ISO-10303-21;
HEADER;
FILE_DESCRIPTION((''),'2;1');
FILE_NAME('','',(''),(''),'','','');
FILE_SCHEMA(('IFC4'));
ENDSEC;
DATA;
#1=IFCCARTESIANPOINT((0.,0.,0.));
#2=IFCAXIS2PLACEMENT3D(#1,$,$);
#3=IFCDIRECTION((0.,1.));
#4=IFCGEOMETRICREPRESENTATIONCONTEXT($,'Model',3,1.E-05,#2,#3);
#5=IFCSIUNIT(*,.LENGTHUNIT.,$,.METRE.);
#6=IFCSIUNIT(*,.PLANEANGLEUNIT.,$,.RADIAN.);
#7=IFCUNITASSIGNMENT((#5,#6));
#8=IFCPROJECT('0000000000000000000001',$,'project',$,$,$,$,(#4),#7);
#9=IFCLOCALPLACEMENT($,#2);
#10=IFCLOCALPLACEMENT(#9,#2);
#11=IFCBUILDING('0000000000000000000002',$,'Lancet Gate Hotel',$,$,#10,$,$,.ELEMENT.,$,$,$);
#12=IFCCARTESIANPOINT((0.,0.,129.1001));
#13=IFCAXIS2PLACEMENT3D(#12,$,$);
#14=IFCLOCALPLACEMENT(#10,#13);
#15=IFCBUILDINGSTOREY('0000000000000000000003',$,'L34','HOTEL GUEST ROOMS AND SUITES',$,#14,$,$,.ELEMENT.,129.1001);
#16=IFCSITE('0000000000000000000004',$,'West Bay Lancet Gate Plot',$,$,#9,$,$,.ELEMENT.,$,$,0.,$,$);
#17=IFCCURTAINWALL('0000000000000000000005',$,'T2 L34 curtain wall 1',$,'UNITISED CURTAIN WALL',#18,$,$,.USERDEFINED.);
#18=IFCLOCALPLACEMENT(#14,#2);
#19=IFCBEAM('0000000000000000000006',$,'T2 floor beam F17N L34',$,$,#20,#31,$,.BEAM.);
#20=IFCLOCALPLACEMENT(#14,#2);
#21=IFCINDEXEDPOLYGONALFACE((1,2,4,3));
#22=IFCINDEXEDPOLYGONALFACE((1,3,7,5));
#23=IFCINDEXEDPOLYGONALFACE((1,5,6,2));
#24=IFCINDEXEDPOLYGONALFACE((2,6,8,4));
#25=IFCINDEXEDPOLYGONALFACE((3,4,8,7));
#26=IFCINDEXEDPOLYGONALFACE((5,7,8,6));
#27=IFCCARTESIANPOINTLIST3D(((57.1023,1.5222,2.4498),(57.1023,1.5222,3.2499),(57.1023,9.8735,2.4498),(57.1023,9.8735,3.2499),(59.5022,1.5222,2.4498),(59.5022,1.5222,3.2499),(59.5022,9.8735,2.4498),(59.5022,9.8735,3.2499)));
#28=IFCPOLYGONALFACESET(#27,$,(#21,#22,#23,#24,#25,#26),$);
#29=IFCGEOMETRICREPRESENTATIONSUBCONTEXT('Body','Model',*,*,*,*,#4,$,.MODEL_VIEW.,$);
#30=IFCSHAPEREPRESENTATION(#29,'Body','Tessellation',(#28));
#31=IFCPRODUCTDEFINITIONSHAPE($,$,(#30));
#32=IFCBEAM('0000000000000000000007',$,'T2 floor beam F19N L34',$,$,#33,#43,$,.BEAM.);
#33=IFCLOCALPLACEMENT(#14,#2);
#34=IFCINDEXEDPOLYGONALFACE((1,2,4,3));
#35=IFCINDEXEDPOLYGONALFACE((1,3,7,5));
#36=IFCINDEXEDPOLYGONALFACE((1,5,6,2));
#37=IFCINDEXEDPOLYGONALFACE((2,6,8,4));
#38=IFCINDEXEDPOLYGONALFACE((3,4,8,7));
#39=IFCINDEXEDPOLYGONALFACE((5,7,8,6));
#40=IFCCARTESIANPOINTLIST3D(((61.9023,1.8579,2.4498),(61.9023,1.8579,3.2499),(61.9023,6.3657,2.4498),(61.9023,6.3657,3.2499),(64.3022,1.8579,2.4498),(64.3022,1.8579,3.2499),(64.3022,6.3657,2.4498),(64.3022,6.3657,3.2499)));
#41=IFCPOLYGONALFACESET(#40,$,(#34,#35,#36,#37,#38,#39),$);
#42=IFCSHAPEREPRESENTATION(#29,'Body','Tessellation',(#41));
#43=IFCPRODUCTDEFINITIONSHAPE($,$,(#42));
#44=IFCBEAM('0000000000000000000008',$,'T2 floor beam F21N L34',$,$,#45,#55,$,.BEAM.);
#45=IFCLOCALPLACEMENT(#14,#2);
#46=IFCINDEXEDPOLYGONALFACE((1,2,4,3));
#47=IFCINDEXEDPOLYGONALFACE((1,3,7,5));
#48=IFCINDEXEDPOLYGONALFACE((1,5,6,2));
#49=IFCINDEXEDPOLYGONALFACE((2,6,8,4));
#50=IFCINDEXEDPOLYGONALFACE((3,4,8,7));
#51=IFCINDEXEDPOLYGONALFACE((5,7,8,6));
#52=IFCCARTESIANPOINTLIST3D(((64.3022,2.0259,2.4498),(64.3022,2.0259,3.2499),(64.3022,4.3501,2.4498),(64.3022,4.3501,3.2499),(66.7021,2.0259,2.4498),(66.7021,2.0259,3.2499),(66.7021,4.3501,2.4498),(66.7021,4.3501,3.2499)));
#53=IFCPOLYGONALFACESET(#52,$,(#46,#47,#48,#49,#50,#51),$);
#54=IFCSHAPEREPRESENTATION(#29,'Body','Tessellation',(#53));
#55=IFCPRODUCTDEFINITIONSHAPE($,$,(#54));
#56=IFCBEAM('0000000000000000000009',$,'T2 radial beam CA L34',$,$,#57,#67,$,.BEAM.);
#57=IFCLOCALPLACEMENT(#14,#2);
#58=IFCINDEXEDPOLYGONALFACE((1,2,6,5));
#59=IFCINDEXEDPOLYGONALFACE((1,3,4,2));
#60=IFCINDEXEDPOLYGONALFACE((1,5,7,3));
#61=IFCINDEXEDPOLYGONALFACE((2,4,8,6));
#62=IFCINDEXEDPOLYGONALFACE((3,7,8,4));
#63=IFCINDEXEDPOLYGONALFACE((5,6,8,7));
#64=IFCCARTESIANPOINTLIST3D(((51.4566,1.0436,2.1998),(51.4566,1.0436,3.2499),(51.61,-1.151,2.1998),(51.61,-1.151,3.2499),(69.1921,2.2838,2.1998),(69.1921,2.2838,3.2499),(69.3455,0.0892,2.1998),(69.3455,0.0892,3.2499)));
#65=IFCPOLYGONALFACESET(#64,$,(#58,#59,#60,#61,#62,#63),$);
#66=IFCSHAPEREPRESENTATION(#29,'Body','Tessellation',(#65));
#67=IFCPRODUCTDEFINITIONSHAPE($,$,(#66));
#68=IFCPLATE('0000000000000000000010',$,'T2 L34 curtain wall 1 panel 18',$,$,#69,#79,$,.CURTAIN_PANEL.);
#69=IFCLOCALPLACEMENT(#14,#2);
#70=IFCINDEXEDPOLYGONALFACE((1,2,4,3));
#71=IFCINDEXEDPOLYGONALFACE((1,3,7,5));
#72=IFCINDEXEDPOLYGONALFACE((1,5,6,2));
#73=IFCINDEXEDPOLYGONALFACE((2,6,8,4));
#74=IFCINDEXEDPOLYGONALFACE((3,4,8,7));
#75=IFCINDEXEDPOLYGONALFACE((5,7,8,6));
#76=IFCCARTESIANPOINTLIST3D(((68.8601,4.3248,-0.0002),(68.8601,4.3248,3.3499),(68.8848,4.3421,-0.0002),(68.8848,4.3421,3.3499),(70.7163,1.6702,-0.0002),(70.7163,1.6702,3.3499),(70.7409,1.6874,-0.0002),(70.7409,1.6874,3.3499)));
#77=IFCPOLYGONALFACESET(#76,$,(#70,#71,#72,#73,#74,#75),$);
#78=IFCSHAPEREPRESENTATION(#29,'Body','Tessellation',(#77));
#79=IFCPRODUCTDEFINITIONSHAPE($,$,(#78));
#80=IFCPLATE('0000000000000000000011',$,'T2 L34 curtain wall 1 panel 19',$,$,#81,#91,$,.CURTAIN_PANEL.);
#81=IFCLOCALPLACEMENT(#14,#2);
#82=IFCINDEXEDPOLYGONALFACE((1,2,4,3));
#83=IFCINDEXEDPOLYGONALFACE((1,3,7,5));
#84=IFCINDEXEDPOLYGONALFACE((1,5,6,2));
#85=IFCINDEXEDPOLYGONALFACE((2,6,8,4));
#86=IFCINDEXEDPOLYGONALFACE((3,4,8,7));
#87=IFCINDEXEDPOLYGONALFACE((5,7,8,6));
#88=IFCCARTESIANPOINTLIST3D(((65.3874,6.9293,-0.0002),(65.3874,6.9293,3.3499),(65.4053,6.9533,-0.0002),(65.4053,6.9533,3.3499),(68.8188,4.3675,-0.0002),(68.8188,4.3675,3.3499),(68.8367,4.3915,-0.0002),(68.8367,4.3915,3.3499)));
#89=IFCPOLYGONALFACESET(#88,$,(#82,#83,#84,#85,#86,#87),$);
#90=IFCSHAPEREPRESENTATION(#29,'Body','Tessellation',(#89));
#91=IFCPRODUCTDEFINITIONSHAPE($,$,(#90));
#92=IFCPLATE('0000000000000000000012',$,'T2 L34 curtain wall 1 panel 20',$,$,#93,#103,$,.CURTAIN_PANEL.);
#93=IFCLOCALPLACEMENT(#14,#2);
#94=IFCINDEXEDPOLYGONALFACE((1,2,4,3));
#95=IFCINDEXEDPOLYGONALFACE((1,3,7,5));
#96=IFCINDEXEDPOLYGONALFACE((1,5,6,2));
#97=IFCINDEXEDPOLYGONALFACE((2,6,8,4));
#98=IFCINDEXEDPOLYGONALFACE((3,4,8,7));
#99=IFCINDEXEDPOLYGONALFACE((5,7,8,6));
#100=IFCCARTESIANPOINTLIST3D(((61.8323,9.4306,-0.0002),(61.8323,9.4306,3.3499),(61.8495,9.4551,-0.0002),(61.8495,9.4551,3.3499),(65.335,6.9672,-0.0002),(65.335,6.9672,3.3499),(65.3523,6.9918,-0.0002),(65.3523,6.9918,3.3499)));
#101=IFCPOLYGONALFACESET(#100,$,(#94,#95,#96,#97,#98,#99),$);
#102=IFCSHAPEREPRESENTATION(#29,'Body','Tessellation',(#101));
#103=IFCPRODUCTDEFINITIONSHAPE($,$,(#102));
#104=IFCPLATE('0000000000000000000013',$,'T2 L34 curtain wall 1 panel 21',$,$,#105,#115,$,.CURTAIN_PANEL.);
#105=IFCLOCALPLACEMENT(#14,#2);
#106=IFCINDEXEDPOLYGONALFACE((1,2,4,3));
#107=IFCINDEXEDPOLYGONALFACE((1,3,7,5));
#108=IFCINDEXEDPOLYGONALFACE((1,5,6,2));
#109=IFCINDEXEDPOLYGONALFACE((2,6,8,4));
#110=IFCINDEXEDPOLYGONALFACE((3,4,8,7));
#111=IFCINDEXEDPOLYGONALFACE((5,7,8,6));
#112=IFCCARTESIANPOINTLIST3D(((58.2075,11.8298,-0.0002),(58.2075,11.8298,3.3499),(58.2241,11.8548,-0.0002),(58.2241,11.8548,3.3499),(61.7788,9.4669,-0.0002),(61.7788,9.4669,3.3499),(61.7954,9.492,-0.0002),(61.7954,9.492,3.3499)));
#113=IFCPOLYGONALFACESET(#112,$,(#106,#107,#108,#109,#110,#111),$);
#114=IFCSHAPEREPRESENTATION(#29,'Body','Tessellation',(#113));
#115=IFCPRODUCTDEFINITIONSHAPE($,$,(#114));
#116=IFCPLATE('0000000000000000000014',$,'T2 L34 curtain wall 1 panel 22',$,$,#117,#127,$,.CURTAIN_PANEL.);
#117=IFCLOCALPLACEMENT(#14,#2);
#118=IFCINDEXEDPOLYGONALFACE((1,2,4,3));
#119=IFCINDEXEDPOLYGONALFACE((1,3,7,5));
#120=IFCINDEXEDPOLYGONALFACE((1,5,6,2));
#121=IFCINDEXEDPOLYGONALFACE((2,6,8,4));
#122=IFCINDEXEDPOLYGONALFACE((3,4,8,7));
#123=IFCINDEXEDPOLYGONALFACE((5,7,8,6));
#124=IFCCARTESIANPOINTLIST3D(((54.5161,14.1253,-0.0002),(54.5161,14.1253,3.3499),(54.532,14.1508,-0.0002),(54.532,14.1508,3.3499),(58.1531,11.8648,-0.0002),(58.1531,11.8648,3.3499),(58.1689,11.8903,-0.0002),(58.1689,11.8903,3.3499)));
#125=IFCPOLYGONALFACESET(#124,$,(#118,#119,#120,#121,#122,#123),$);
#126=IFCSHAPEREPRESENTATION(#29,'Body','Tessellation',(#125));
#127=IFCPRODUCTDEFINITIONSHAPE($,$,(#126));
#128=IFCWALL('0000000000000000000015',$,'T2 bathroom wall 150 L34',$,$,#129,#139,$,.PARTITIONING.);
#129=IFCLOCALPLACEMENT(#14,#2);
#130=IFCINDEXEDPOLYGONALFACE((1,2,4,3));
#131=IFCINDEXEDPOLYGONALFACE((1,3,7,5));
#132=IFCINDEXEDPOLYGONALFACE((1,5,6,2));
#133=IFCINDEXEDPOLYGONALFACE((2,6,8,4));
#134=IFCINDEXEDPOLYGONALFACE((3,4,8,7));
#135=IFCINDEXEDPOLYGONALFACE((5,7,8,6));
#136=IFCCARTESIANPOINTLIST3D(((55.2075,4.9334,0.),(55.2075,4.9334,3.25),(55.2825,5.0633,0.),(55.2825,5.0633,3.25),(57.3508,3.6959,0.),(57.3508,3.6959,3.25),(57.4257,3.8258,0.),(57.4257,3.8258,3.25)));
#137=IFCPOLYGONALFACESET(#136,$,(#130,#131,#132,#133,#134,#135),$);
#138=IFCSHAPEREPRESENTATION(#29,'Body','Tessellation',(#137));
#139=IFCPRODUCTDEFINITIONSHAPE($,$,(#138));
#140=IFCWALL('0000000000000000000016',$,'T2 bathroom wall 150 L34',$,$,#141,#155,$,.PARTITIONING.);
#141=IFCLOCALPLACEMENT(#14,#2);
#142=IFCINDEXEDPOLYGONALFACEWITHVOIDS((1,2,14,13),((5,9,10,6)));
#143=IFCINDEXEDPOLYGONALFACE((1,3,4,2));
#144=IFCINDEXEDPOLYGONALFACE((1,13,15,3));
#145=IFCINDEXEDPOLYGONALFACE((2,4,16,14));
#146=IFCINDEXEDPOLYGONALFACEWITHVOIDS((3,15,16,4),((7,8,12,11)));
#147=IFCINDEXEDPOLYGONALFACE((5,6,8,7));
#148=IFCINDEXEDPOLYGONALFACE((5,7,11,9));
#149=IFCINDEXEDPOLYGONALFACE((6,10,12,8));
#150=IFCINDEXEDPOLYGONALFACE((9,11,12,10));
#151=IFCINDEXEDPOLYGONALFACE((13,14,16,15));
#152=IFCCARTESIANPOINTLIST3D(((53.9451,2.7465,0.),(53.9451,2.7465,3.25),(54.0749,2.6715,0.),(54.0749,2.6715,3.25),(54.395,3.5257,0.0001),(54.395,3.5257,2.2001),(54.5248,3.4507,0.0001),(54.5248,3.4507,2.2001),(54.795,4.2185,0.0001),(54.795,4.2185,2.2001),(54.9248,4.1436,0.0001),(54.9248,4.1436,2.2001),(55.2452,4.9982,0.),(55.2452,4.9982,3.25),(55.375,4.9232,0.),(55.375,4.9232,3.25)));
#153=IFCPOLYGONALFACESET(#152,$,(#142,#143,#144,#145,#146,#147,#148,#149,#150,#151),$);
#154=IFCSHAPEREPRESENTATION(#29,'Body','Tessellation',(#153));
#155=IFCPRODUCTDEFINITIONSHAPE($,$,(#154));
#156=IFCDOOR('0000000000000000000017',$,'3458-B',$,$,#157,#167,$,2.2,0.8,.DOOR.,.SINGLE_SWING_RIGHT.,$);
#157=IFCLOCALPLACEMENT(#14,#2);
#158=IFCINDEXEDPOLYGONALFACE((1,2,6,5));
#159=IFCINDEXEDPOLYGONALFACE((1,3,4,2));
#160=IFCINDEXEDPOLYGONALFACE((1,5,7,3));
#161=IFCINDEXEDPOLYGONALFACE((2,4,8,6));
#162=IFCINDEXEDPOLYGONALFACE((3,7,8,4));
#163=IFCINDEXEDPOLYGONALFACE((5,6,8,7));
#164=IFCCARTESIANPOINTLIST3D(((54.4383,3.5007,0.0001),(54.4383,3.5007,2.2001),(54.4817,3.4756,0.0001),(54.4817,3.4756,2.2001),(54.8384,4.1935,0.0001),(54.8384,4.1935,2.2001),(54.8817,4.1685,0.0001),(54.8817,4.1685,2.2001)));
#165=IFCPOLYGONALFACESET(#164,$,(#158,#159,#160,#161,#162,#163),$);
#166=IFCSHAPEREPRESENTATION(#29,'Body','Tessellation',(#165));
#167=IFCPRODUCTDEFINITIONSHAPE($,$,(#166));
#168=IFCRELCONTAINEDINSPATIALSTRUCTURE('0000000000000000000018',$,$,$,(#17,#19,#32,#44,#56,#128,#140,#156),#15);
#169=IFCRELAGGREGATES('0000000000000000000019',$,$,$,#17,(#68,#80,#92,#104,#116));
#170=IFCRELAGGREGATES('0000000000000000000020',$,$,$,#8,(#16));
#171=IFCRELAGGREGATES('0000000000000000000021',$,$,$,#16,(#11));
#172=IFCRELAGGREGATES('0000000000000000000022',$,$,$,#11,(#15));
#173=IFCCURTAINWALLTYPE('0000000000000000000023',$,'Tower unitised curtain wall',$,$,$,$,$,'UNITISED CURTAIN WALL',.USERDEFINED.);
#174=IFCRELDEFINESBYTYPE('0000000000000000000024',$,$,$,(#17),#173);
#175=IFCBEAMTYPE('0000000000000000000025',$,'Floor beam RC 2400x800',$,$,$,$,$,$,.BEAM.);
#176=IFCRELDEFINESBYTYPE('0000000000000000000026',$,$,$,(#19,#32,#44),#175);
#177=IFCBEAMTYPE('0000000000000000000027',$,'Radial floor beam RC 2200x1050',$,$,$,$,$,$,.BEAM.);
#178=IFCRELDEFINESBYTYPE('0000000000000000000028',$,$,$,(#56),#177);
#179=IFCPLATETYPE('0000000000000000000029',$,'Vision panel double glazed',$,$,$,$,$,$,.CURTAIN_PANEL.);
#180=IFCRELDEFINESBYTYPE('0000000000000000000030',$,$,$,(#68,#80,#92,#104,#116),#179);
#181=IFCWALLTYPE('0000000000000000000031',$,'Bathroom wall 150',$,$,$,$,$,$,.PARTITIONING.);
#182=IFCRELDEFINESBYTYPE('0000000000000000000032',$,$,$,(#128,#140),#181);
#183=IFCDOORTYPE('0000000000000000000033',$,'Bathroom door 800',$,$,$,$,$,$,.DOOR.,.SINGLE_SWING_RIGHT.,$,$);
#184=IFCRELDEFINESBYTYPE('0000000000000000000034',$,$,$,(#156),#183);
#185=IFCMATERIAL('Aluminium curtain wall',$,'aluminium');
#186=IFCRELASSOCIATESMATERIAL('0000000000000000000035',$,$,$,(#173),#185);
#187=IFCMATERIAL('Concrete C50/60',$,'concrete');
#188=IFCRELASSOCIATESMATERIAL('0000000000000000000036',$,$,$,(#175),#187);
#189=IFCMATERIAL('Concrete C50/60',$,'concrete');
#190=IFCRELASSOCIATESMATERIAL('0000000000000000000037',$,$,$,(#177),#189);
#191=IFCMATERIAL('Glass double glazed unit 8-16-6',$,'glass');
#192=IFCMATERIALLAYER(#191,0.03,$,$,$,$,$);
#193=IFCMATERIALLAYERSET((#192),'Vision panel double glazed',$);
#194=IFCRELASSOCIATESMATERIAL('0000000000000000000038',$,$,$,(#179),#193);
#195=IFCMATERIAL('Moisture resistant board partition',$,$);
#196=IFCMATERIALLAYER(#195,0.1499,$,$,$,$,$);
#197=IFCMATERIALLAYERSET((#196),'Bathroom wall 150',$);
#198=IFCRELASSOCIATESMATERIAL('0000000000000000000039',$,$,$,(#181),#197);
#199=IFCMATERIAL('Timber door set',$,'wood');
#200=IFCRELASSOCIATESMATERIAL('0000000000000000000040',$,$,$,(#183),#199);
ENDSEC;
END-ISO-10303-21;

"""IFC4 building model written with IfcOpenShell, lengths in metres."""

from ifc_helpers import new_model, si_unit, direction, frame, frame_2d, origin, origin_2d, place, context, subcontext, project, spatial, rectangle, extrude, material, layer, layer_set, material_profile, profile_set, type_object, element, fill, aggregate, save


model = new_model("IFC4")

# Units and contexts
model_context = context("Model", 3, precision=1e-05, world=origin(), true_north=direction((0.0, 1.0)))
body_context = subcontext(model_context, "Body", "Model", "MODEL_VIEW")
ifc_project = project(units=[si_unit("LENGTHUNIT", "METRE"), si_unit("PLANEANGLEUNIT", "RADIAN")], contexts=[model_context])

# Site, building, storey
site_placement = place(None, origin())
site = spatial("IfcSite", under=ifc_project, at=site_placement, Name="West Bay Lancet Gate Plot", CompositionType="ELEMENT", RefElevation=0.0)
building_placement = place(site_placement, origin())
building = spatial("IfcBuilding", under=site, at=building_placement, Name="Lancet Gate Hotel", CompositionType="ELEMENT")
storey_placement = place(building_placement, frame((0.0, 0.0, 129.1001)))
storey = spatial("IfcBuildingStorey", under=building, at=storey_placement, Name="L34", Description="HOTEL GUEST ROOMS AND SUITES", CompositionType="ELEMENT", Elevation=129.1001)

# Curtain wall
ifc_material_1 = material(Name="Aluminium curtain wall", Category="aluminium")
curtain_wall_type = type_object("IfcCurtainWallType", Name="Tower unitised curtain wall", ElementType="UNITISED CURTAIN WALL", PredefinedType="USERDEFINED", material=ifc_material_1)
curtain_wall_placement = place(storey_placement, origin())
curtain_wall = element("IfcCurtainWall", 1, at=curtain_wall_placement, inside=storey, type_object=curtain_wall_type, Name="T2 L34 curtain wall 1", ObjectType="UNITISED CURTAIN WALL", PredefinedType="USERDEFINED")

# Beams
ifc_material_2 = material(Name="Concrete C50/60", Category="concrete")
ifc_material_profile_1 = material_profile(ifc_material_2, rectangle(XDim=2.3999, YDim=0.8, at=origin_2d()), Name="RC 2400x800")
ifc_profile_set_1 = profile_set([ifc_material_profile_1], Name="Concrete C50/60")
beam_type_1 = type_object("IfcBeamType", Name="Floor beam RC 2400x800", PredefinedType="BEAM", material=ifc_profile_set_1)
beam_1_placement = place(storey_placement, frame((58.3022, 1.5222, 2.8499), z_axis=(0.0, 1.0, 0.0), x_axis=(-1.0, 0.0, 0.0)))
element("IfcBeam", 2, at=beam_1_placement, inside=storey, type_object=beam_type_1, Name="T2 floor beam F17N L34", PredefinedType="BEAM", context=body_context, shape_type="SweptSolid", body=[
    extrude(rectangle(XDim=2.3999, YDim=0.8, at=origin_2d()), origin(), (0.0, 0.0, 1.0), 8.3513),
])
beam_2_placement = place(storey_placement, frame((63.1023, 1.8579, 2.8499), z_axis=(0.0, 1.0, 0.0), x_axis=(-1.0, 0.0, 0.0)))
element("IfcBeam", 3, at=beam_2_placement, inside=storey, type_object=beam_type_1, Name="T2 floor beam F19N L34", PredefinedType="BEAM", context=body_context, shape_type="SweptSolid", body=[
    extrude(rectangle(XDim=2.3999, YDim=0.8, at=origin_2d()), origin(), (0.0, 0.0, 1.0), 4.5078),
])
beam_3_placement = place(storey_placement, frame((65.5022, 2.0259, 2.8499), z_axis=(0.0, 1.0, 0.0), x_axis=(-1.0, 0.0, 0.0)))
element("IfcBeam", 4, at=beam_3_placement, inside=storey, type_object=beam_type_1, Name="T2 floor beam F21N L34", PredefinedType="BEAM", context=body_context, shape_type="SweptSolid", body=[
    extrude(rectangle(XDim=2.3999, YDim=0.8, at=origin_2d()), origin(), (0.0, 0.0, 1.0), 2.3242),
])
ifc_material_3 = material(Name="Concrete C50/60", Category="concrete")
ifc_material_profile_2 = material_profile(ifc_material_3, rectangle(XDim=2.2, YDim=1.05, at=origin_2d()), Name="RC 2200x1050")
ifc_profile_set_2 = profile_set([ifc_material_profile_2], Name="Concrete C50/60")
beam_type_2 = type_object("IfcBeamType", Name="Radial floor beam RC 2200x1050", PredefinedType="BEAM", material=ifc_profile_set_2)
beam_4_placement = place(storey_placement, frame((69.2688, 1.1865, 2.7249), z_axis=(-0.997564, -0.069759, 0.0), x_axis=(0.069759, -0.997564, 0.0)))
element("IfcBeam", 5, at=beam_4_placement, inside=storey, type_object=beam_type_2, Name="T2 radial beam CA L34", PredefinedType="BEAM", context=body_context, shape_type="SweptSolid", body=[
    extrude(rectangle(XDim=2.2, YDim=1.05, at=origin_2d()), origin(), (0.0, 0.0, 1.0), 17.7788),
])

# Plates
ifc_material_4 = material(Name="Glass double glazed unit 8-16-6", Category="glass")
ifc_layer_1 = layer(ifc_material_4, 0.03)
ifc_layer_set_1 = layer_set([ifc_layer_1], Name="Vision panel double glazed")
plate_type = type_object("IfcPlateType", Name="Vision panel double glazed", PredefinedType="CURTAIN_PANEL", material=ifc_layer_set_1)
plate_1_placement = place(storey_placement, frame((69.8005, 3.0061, -0.0002), z_axis=(0.0, 0.0, 1.0), x_axis=(-0.573025, 0.819538, 0.0)))
plate_1 = element("IfcPlate", 6, at=plate_1_placement, type_object=plate_type, Name="T2 L34 curtain wall 1 panel 18", PredefinedType="CURTAIN_PANEL", context=body_context, shape_type="SweptSolid", body=[
    extrude(rectangle(XDim=3.2393, YDim=0.03, at=origin_2d()), origin(), (0.0, 0.0, 1.0), 3.3501),
])
plate_2_placement = place(storey_placement, frame((67.1121, 5.6604, -0.0002), z_axis=(0.0, 0.0, 1.0), x_axis=(-0.801314, 0.598244, 0.0)))
plate_2 = element("IfcPlate", 7, at=plate_2_placement, type_object=plate_type, Name="T2 L34 curtain wall 1 panel 19", PredefinedType="CURTAIN_PANEL", context=body_context, shape_type="SweptSolid", body=[
    extrude(rectangle(XDim=4.2822, YDim=0.03, at=origin_2d()), origin(), (0.0, 0.0, 1.0), 3.3501),
])
plate_3_placement = place(storey_placement, frame((63.5923, 8.2112, -0.0002), z_axis=(0.0, 0.0, 1.0), x_axis=(-0.817979, 0.575247, 0.0)))
plate_3 = element("IfcPlate", 8, at=plate_3_placement, type_object=plate_type, Name="T2 L34 curtain wall 1 panel 20", PredefinedType="CURTAIN_PANEL", context=body_context, shape_type="SweptSolid", body=[
    extrude(rectangle(XDim=4.2822, YDim=0.03, at=origin_2d()), origin(), (0.0, 0.0, 1.0), 3.3501),
])
plate_4_placement = place(storey_placement, frame((60.0015, 10.6609, -0.0002), z_axis=(0.0, 0.0, 1.0), x_axis=(-0.833985, 0.551787, 0.0)))
plate_4 = element("IfcPlate", 9, at=plate_4_placement, type_object=plate_type, Name="T2 L34 curtain wall 1 panel 21", PredefinedType="CURTAIN_PANEL", context=body_context, shape_type="SweptSolid", body=[
    extrude(rectangle(XDim=4.2822, YDim=0.03, at=origin_2d()), origin(), (0.0, 0.0, 1.0), 3.3501),
])
plate_5_placement = place(storey_placement, frame((56.3425, 13.0078, -0.0002), z_axis=(0.0, 0.0, 1.0), x_axis=(-0.849318, 0.527882, 0.0)))
plate_5 = element("IfcPlate", 10, at=plate_5_placement, type_object=plate_type, Name="T2 L34 curtain wall 1 panel 22", PredefinedType="CURTAIN_PANEL", context=body_context, shape_type="SweptSolid", body=[
    extrude(rectangle(XDim=4.2822, YDim=0.03, at=origin_2d()), origin(), (0.0, 0.0, 1.0), 3.3501),
])
aggregate(curtain_wall, [plate_1, plate_2, plate_3, plate_4, plate_5])

# Wall
ifc_material_5 = material(Name="Moisture resistant board partition")
ifc_layer_2 = layer(ifc_material_5, 0.1499)
ifc_layer_set_2 = layer_set([ifc_layer_2], Name="Bathroom wall 150")
wall_type = type_object("IfcWallType", Name="Bathroom wall 150", PredefinedType="PARTITIONING", material=ifc_layer_set_2)
wall_1_placement = place(storey_placement, frame((55.2451, 4.9983, 0.0), z_axis=(0.0, 0.0, 1.0), x_axis=(0.866007, -0.500033, 0.0)))
element("IfcWall", 11, at=wall_1_placement, inside=storey, type_object=wall_type, Name="T2 bathroom wall 150 L34", PredefinedType="PARTITIONING", context=body_context, shape_type="SweptSolid", body=[
    extrude(rectangle(XDim=2.4749, YDim=0.1499, at=frame_2d((1.2373, 0.0))), origin(), (0.0, 0.0, 1.0), 3.25),
])

# Wall, opening, door
wall_2_placement = place(storey_placement, frame((54.01, 2.709, 0.0), z_axis=(0.0, 0.0, 1.0), x_axis=(0.500007, 0.866021, 0.0)))
wall_2 = element("IfcWall", 12, at=wall_2_placement, inside=storey, type_object=wall_type, Name="T2 bathroom wall 150 L34", PredefinedType="PARTITIONING", context=body_context, shape_type="SweptSolid", body=[
    extrude(rectangle(XDim=2.6001, YDim=0.1499, at=frame_2d((1.3, 0.0))), origin(), (0.0, 0.0, 1.0), 3.25),
])
opening_placement = place(wall_2_placement, frame((0.8999, 0.0, 0.0)))
opening = element("IfcOpeningElement", 13, at=opening_placement, cuts=wall_2, PredefinedType="OPENING", context=body_context, shape_type="SweptSolid", body=[
    extrude(rectangle(XDim=0.8, YDim=2.2, at=frame_2d((0.3999, 1.1001))), frame((0.0, 0.085, 0.0), z_axis=(0.0, -1.0, 0.0), x_axis=(1.0, 0.0, 0.0)), (0.0, 0.0, 1.0), 0.1699),
])
ifc_material_6 = material(Name="Timber door set", Category="wood")
door_type = type_object("IfcDoorType", Name="Bathroom door 800", OperationType="SINGLE_SWING_RIGHT", PredefinedType="DOOR", material=ifc_material_6)
door_placement = place(opening_placement, origin())
door = element("IfcDoor", 14, at=door_placement, inside=storey, type_object=door_type, Name="3458-B", OperationType="SINGLE_SWING_RIGHT", OverallHeight=2.2, OverallWidth=0.8, PredefinedType="DOOR", context=body_context, shape_type="SweptSolid", body=[
    extrude(rectangle(XDim=0.8, YDim=2.2, at=frame_2d((0.3999, 1.1001))), frame((0.0, 0.0249, 0.0), z_axis=(0.0, -1.0, 0.0), x_axis=(1.0, 0.0, 0.0)), (0.0, 0.0, 1.0), 0.05),
])
fill(opening, door)

save(model, "model.ifc")
